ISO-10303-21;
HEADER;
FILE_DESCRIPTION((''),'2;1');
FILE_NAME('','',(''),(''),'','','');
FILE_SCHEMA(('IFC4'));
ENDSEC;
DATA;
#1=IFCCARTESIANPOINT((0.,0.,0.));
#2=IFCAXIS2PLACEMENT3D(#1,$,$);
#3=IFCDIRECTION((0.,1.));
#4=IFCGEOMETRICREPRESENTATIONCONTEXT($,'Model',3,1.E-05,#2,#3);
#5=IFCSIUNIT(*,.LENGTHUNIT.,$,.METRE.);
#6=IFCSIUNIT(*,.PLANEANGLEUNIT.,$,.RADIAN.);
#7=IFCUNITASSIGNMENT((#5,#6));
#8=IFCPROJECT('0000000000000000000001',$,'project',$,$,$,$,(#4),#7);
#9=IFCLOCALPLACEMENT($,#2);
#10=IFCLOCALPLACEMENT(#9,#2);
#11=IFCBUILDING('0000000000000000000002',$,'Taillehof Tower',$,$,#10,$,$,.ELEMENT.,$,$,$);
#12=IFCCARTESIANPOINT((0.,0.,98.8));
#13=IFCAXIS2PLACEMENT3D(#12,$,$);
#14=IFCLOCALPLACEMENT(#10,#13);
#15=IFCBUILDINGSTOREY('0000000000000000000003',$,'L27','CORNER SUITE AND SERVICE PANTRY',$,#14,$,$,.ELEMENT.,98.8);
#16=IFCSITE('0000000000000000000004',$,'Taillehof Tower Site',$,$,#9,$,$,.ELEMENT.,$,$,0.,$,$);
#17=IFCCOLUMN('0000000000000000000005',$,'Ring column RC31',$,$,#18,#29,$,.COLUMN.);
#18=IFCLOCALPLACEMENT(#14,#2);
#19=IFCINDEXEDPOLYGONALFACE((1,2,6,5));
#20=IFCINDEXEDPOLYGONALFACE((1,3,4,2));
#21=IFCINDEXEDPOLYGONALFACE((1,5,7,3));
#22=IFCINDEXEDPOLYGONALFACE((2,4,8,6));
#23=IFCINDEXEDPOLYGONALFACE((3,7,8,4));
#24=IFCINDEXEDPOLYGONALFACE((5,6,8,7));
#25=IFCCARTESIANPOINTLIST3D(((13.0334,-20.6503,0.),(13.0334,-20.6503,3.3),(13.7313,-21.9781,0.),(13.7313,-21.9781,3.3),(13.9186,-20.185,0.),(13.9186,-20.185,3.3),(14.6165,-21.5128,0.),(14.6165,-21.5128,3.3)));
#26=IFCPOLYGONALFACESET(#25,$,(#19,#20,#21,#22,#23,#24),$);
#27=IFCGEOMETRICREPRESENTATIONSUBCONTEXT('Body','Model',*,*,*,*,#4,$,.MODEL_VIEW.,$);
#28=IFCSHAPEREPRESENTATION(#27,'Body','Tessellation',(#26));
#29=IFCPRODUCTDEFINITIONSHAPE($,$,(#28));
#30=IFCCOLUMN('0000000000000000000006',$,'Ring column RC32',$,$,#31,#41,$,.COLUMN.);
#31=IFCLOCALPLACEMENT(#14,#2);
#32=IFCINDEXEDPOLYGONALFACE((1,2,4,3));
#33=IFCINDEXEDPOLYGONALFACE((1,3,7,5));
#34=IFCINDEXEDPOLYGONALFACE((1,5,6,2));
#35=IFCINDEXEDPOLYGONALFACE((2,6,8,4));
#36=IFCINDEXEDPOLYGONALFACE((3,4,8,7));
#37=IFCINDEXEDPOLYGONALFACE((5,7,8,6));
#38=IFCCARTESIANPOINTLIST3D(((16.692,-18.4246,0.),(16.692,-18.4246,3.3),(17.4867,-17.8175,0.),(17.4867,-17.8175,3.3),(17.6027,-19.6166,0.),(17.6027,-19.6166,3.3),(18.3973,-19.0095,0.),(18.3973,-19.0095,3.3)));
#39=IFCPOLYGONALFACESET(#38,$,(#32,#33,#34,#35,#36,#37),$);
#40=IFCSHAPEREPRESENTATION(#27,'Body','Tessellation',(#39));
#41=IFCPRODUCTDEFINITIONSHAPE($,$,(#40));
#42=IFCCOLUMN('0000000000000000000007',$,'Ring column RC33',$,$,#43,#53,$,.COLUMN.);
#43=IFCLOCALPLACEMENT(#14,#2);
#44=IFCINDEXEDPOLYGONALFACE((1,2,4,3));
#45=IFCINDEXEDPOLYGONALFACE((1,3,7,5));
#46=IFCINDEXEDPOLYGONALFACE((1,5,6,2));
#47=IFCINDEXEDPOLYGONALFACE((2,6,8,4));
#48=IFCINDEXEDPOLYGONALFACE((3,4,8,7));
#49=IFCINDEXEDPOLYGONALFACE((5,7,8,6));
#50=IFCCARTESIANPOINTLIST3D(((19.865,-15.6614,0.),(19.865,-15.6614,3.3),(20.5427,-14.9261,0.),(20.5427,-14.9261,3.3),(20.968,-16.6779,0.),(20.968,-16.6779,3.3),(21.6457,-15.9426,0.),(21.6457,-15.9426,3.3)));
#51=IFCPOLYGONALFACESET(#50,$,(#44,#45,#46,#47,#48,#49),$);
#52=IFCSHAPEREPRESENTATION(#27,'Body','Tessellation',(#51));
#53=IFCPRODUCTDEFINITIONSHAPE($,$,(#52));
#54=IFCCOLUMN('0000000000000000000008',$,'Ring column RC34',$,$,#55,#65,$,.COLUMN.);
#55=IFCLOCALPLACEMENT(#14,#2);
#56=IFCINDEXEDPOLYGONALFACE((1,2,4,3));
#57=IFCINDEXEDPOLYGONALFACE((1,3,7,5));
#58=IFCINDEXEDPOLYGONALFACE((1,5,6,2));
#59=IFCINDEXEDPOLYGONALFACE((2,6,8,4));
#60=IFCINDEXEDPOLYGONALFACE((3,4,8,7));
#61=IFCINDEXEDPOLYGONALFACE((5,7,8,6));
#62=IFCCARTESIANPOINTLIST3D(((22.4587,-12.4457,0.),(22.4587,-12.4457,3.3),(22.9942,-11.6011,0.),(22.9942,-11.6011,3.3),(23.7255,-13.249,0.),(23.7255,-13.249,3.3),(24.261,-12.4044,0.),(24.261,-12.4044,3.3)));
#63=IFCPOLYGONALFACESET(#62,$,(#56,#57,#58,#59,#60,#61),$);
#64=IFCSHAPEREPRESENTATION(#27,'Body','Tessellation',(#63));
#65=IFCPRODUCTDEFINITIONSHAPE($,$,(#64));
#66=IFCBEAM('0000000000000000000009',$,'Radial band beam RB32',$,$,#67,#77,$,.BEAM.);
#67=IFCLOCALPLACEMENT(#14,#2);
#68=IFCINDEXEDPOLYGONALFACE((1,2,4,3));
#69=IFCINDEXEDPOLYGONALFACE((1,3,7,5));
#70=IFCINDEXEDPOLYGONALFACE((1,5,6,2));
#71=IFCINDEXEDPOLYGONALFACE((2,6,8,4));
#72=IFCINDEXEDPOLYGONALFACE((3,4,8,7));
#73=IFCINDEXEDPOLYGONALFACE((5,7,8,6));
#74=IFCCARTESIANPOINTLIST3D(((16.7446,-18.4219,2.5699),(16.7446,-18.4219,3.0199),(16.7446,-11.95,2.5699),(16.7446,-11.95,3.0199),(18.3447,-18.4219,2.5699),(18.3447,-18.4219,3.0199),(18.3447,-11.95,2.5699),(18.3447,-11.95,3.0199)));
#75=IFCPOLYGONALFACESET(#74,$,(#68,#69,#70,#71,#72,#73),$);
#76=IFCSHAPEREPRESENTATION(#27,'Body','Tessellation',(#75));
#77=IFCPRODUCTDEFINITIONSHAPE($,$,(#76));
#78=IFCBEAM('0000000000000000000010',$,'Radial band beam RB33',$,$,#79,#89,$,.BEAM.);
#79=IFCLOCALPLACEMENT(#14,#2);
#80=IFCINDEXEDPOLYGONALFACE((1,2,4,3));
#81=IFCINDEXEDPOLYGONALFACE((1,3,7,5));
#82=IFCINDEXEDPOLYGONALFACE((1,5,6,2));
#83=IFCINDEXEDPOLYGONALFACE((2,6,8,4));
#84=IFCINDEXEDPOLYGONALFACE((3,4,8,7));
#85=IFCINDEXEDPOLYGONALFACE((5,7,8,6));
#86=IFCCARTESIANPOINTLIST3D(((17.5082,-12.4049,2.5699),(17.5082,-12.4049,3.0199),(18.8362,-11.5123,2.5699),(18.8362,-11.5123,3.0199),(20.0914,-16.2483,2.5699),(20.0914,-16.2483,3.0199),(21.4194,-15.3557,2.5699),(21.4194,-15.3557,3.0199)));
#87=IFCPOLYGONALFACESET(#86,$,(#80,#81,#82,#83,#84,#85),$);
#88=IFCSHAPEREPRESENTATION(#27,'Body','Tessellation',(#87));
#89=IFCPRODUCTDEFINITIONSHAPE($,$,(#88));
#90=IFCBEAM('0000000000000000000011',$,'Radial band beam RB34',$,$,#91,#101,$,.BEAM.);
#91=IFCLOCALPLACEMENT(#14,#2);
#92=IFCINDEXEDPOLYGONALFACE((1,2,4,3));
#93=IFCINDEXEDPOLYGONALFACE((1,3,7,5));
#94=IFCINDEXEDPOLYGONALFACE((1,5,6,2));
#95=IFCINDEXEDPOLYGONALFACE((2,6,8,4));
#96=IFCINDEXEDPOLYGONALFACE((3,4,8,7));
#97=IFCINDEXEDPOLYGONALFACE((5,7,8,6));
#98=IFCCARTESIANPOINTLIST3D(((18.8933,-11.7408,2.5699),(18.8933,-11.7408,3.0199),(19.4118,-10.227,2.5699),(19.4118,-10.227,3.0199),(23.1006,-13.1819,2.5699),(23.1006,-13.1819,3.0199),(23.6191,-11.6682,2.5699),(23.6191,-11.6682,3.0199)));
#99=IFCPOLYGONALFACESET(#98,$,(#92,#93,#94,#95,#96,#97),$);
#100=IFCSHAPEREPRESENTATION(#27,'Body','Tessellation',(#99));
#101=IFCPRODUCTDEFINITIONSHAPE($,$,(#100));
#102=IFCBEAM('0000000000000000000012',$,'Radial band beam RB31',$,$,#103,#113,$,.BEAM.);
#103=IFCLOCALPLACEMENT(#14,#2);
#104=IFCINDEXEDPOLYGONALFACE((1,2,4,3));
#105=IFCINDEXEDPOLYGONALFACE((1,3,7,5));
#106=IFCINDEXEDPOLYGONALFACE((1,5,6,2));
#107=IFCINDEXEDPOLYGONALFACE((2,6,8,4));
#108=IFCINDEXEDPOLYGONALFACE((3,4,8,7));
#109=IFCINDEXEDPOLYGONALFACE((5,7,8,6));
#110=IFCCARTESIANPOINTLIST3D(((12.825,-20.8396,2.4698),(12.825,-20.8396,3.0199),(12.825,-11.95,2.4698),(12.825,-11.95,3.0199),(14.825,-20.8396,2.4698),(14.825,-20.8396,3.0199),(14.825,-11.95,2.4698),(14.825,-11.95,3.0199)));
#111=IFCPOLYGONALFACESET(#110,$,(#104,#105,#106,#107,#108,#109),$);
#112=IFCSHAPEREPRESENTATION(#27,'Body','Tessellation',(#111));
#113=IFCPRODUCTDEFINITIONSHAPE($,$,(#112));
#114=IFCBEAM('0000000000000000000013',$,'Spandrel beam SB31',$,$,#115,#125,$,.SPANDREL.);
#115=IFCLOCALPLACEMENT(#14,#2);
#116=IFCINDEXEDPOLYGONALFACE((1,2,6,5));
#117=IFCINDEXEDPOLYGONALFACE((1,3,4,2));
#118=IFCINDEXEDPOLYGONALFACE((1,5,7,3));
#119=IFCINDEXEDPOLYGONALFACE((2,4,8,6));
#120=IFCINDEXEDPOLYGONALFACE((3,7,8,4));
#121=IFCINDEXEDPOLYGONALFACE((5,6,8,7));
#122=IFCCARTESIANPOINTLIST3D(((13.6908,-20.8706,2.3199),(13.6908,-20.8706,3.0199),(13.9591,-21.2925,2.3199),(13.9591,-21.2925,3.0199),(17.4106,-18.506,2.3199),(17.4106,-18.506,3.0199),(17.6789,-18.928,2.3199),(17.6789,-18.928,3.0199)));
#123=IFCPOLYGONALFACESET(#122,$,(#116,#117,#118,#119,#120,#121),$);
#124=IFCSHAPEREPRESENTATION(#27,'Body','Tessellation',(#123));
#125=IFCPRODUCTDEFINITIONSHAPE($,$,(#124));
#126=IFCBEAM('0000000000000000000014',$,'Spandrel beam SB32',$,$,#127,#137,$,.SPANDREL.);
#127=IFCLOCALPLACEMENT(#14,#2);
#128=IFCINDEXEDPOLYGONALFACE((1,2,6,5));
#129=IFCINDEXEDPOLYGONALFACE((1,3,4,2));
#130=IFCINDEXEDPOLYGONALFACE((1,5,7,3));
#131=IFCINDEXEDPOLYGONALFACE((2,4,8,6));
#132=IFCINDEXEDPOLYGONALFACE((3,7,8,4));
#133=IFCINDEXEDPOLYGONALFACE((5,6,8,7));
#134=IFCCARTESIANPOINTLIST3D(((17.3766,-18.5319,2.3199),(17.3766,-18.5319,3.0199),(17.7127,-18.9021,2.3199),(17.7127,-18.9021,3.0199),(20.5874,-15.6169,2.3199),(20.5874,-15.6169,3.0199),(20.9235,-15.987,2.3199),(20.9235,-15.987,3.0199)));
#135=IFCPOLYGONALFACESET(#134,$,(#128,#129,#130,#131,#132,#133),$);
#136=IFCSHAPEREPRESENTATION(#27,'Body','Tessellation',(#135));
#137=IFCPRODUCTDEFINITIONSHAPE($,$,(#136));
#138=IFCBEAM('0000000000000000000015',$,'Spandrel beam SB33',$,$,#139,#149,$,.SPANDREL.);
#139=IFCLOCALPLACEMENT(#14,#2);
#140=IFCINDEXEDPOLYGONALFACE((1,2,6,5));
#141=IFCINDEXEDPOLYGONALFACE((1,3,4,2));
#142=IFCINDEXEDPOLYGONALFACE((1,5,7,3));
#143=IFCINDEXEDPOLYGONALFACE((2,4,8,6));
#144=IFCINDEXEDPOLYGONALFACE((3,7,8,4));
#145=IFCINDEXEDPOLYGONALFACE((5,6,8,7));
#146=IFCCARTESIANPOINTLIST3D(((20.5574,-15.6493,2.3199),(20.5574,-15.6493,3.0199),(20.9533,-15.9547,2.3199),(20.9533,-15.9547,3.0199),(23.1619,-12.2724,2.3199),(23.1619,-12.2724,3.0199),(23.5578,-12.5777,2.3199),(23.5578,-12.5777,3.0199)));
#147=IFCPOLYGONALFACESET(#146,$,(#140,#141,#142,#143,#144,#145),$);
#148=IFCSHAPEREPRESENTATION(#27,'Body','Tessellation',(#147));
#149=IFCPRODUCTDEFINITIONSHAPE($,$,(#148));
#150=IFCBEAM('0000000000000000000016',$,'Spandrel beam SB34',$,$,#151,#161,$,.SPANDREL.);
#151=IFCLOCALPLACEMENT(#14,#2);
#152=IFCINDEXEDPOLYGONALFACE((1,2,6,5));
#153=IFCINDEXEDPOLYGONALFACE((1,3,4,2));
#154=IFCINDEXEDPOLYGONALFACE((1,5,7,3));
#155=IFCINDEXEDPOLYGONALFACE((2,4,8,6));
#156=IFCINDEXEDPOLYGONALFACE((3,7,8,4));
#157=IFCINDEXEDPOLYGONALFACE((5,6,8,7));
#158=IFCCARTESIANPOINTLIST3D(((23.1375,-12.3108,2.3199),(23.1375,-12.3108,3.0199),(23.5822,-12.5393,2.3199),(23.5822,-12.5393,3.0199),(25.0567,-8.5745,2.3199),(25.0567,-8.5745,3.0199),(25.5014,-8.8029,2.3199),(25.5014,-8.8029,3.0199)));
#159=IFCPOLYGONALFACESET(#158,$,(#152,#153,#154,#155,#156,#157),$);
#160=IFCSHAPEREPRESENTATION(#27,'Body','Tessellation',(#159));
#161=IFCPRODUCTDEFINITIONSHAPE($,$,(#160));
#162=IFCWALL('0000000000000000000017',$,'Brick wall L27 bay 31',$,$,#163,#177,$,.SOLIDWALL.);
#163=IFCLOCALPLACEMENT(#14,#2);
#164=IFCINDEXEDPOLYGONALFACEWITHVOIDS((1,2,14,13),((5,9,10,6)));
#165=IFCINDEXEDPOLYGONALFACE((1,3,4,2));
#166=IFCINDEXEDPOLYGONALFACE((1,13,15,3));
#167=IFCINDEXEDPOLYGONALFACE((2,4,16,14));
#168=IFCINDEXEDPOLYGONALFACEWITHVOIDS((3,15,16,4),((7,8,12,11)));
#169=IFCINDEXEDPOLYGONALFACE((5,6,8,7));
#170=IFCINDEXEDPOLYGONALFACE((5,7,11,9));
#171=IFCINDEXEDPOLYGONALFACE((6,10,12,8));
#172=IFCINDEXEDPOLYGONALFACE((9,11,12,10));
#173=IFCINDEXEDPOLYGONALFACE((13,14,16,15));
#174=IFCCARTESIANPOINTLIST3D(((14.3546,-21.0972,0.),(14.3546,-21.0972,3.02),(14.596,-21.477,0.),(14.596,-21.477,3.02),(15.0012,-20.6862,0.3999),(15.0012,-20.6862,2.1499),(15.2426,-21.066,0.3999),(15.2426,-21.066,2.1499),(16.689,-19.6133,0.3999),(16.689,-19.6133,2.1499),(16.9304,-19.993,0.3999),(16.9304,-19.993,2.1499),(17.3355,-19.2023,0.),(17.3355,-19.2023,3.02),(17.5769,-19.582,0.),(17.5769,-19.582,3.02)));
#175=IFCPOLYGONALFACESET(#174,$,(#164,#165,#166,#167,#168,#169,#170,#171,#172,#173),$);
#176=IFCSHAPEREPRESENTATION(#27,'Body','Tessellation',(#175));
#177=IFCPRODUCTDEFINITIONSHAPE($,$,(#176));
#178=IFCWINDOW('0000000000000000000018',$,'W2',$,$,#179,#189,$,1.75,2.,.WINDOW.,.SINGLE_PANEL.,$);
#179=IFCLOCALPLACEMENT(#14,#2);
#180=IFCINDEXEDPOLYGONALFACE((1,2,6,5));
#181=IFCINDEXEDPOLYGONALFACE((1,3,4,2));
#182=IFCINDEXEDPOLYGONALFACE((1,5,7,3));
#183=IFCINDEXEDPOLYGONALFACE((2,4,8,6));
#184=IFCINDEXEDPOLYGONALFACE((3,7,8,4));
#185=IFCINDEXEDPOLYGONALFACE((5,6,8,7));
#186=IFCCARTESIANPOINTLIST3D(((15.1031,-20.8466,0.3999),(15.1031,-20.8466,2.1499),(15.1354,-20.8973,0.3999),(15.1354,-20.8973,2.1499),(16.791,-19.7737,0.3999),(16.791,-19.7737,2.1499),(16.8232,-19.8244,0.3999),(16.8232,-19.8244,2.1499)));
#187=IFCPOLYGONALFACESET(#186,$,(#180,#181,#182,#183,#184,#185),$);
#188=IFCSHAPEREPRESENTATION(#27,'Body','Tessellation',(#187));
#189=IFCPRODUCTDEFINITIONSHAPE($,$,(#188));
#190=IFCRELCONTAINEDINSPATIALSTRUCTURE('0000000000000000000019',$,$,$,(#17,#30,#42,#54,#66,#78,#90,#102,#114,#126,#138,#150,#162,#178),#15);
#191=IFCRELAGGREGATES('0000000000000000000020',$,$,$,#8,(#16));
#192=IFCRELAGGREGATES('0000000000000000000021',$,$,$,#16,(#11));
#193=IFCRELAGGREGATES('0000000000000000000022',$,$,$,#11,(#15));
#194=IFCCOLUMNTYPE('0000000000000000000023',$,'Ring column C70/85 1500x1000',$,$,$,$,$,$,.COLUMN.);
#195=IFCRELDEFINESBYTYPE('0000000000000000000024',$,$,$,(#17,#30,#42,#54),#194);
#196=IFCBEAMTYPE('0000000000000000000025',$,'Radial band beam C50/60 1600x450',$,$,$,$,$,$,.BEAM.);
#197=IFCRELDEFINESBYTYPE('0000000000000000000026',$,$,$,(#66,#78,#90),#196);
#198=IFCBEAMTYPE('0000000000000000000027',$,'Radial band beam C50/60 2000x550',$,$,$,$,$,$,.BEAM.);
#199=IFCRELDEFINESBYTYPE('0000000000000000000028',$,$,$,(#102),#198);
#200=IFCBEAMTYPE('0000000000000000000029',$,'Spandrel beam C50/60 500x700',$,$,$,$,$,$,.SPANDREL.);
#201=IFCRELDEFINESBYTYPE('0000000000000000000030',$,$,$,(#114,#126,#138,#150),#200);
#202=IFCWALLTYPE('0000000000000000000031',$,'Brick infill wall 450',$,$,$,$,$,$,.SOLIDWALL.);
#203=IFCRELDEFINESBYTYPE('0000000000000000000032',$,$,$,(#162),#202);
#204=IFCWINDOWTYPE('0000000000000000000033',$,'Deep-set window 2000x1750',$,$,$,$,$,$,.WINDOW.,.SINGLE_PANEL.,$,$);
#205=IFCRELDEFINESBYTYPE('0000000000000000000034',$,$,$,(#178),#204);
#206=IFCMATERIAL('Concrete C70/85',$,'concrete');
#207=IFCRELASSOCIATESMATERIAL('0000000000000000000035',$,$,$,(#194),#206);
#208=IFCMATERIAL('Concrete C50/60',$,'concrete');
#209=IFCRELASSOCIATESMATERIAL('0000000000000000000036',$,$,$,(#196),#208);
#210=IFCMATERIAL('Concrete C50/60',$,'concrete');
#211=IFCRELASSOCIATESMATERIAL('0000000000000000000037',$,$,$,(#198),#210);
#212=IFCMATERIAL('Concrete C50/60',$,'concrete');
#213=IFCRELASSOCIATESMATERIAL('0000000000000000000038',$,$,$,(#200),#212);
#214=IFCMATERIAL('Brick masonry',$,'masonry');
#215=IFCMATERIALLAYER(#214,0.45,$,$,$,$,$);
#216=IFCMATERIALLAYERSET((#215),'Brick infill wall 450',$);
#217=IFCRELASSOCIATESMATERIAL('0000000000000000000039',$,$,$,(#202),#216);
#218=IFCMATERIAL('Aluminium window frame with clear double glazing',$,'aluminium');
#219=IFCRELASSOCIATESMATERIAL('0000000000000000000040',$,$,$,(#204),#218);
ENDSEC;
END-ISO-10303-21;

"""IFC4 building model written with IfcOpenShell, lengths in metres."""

from ifc_helpers import new_model, si_unit, direction, frame, frame_2d, origin, origin_2d, place, context, subcontext, project, spatial, rectangle, extrude, material, layer, layer_set, material_profile, profile_set, type_object, element, fill, save


model = new_model("IFC4")

# Units and contexts
model_context = context("Model", 3, precision=1e-05, world=origin(), true_north=direction((0.0, 1.0)))
body_context = subcontext(model_context, "Body", "Model", "MODEL_VIEW")
ifc_project = project(units=[si_unit("LENGTHUNIT", "METRE"), si_unit("PLANEANGLEUNIT", "RADIAN")], contexts=[model_context])

# Site, building, storey
site_placement = place(None, origin())
site = spatial("IfcSite", under=ifc_project, at=site_placement, Name="Taillehof Tower Site", CompositionType="ELEMENT", RefElevation=0.0)
building_placement = place(site_placement, origin())
building = spatial("IfcBuilding", under=site, at=building_placement, Name="Taillehof Tower", CompositionType="ELEMENT")
storey_placement = place(building_placement, frame((0.0, 0.0, 98.8)))
storey = spatial("IfcBuildingStorey", under=building, at=storey_placement, Name="L27", Description="CORNER SUITE AND SERVICE PANTRY", CompositionType="ELEMENT", Elevation=98.8)

# Columns
ifc_material_1 = material(Name="Concrete C70/85", Category="concrete")
ifc_material_profile_1 = material_profile(ifc_material_1, rectangle(XDim=1.5, YDim=1.0, at=origin_2d()), Name="RC 1500x1000")
ifc_profile_set_1 = profile_set([ifc_material_profile_1], Name="Concrete C70/85")
column_type = type_object("IfcColumnType", Name="Ring column C70/85 1500x1000", PredefinedType="COLUMN", material=ifc_profile_set_1)
for number, where, z_axis, x_axis, name in (
    (1, (13.825, -21.0815, 0.0), (0.0, 0.0, 1.0), (0.465283, -0.885162, 0.0), "Ring column RC31"),
    (2, (17.5447, -18.717, 0.0), (0.0, 0.0, 1.0), (0.607074, -0.794645, 0.0), "Ring column RC32"),
    (3, (20.7554, -15.802, 0.0), (0.0, 0.0, 1.0), (0.735332, -0.677707, 0.0), "Ring column RC33"),
    (4, (23.3599, -12.425, 0.0), (0.0, 0.0, 1.0), (0.844511, -0.535537, 0.0), "Ring column RC34"),
):
    element("IfcColumn", number, at=place(storey_placement, frame(where, z_axis=z_axis, x_axis=x_axis)), inside=storey, type_object=column_type, Name=name, PredefinedType="COLUMN", context=body_context, shape_type="SweptSolid", body=[
        extrude(rectangle(XDim=1.5, YDim=1.0, at=origin_2d()), origin(), (0.0, 0.0, 1.0), 3.3),
    ])

# Beams
ifc_material_2 = material(Name="Concrete C50/60", Category="concrete")
ifc_material_profile_2 = material_profile(ifc_material_2, rectangle(XDim=1.6001, YDim=0.45, at=origin_2d()), Name="RC 1600x450")
ifc_profile_set_2 = profile_set([ifc_material_profile_2], Name="Concrete C50/60")
beam_type_1 = type_object("IfcBeamType", Name="Radial band beam C50/60 1600x450", PredefinedType="BEAM", material=ifc_profile_set_2)
beam_1_placement = place(storey_placement, frame((17.5447, -18.4219, 2.7949), z_axis=(0.0, 1.0, 0.0), x_axis=(-1.0, 0.0, 0.0)))
element("IfcBeam", 5, at=beam_1_placement, inside=storey, type_object=beam_type_1, Name="Radial band beam RB32", PredefinedType="BEAM", context=body_context, shape_type="SweptSolid", body=[
    extrude(rectangle(XDim=1.6001, YDim=0.45, at=origin_2d()), origin(), (0.0, 0.0, 1.0), 6.4719),
])
beam_2_placement = place(storey_placement, frame((20.7554, -15.802, 2.7949), z_axis=(-0.557823, 0.82996, 0.0), x_axis=(-0.82996, -0.557823, 0.0)))
element("IfcBeam", 6, at=beam_2_placement, inside=storey, type_object=beam_type_1, Name="Radial band beam RB33", PredefinedType="BEAM", context=body_context, shape_type="SweptSolid", body=[
    extrude(rectangle(XDim=1.6001, YDim=0.45, at=origin_2d()), origin(), (0.0, 0.0, 1.0), 4.6309),
])
beam_3_placement = place(storey_placement, frame((23.3599, -12.425, 2.7949), z_axis=(-0.946038, 0.324056, 0.0), x_axis=(-0.324056, -0.946038, 0.0)))
element("IfcBeam", 7, at=beam_3_placement, inside=storey, type_object=beam_type_1, Name="Radial band beam RB34", PredefinedType="BEAM", context=body_context, shape_type="SweptSolid", body=[
    extrude(rectangle(XDim=1.6001, YDim=0.45, at=origin_2d()), origin(), (0.0, 0.0, 1.0), 4.4473),
])
ifc_material_3 = material(Name="Concrete C50/60", Category="concrete")
ifc_material_profile_3 = material_profile(ifc_material_3, rectangle(XDim=2.0, YDim=0.55, at=origin_2d()), Name="RC 2000x550")
ifc_profile_set_3 = profile_set([ifc_material_profile_3], Name="Concrete C50/60")
beam_type_2 = type_object("IfcBeamType", Name="Radial band beam C50/60 2000x550", PredefinedType="BEAM", material=ifc_profile_set_3)
beam_4_placement = place(storey_placement, frame((13.825, -20.8396, 2.7449), z_axis=(0.0, 1.0, 0.0), x_axis=(-1.0, 0.0, 0.0)))
element("IfcBeam", 8, at=beam_4_placement, inside=storey, type_object=beam_type_2, Name="Radial band beam RB31", PredefinedType="BEAM", context=body_context, shape_type="SweptSolid", body=[
    extrude(rectangle(XDim=2.0, YDim=0.55, at=origin_2d()), origin(), (0.0, 0.0, 1.0), 8.8896),
])
ifc_material_4 = material(Name="Concrete C50/60", Category="concrete")
ifc_material_profile_4 = material_profile(ifc_material_4, rectangle(XDim=0.5, YDim=0.7, at=origin_2d()), Name="RC 500x700")
ifc_profile_set_4 = profile_set([ifc_material_profile_4], Name="Concrete C50/60")
beam_type_3 = type_object("IfcBeamType", Name="Spandrel beam C50/60 500x700", PredefinedType="SPANDREL", material=ifc_profile_set_4)
beam_5_placement = place(storey_placement, frame((13.825, -21.0815, 2.6699), z_axis=(0.843928, 0.536456, 0.0), x_axis=(-0.536456, 0.843928, 0.0)))
element("IfcBeam", 9, at=beam_5_placement, inside=storey, type_object=beam_type_3, Name="Spandrel beam SB31", PredefinedType="SPANDREL", context=body_context, shape_type="SweptSolid", body=[
    extrude(rectangle(XDim=0.5, YDim=0.7, at=origin_2d()), origin(), (0.0, 0.0, 1.0), 4.4077),
])
beam_6_placement = place(storey_placement, frame((17.5447, -18.717, 2.6699), z_axis=(0.740373, 0.672196, 0.0), x_axis=(-0.672196, 0.740373, 0.0)))
element("IfcBeam", 10, at=beam_6_placement, inside=storey, type_object=beam_type_3, Name="Spandrel beam SB32", PredefinedType="SPANDREL", context=body_context, shape_type="SweptSolid", body=[
    extrude(rectangle(XDim=0.5, YDim=0.7, at=origin_2d()), origin(), (0.0, 0.0, 1.0), 4.3367),
])
beam_7_placement = place(storey_placement, frame((20.7554, -15.802, 2.6699), z_axis=(0.610717, 0.791849, 0.0), x_axis=(-0.791849, 0.610717, 0.0)))
element("IfcBeam", 11, at=beam_7_placement, inside=storey, type_object=beam_type_3, Name="Spandrel beam SB33", PredefinedType="SPANDREL", context=body_context, shape_type="SweptSolid", body=[
    extrude(rectangle(XDim=0.5, YDim=0.7, at=origin_2d()), origin(), (0.0, 0.0, 1.0), 4.2646),
])
beam_8_placement = place(storey_placement, frame((23.3599, -12.425, 2.6699), z_axis=(0.456905, 0.889515, 0.0), x_axis=(-0.889515, 0.456905, 0.0)))
element("IfcBeam", 12, at=beam_8_placement, inside=storey, type_object=beam_type_3, Name="Spandrel beam SB34", PredefinedType="SPANDREL", context=body_context, shape_type="SweptSolid", body=[
    extrude(rectangle(XDim=0.5, YDim=0.7, at=origin_2d()), origin(), (0.0, 0.0, 1.0), 4.2004),
])

# Wall, opening, window
ifc_material_5 = material(Name="Brick masonry", Category="masonry")
ifc_layer_1 = layer(ifc_material_5, 0.45)
ifc_layer_set_1 = layer_set([ifc_layer_1], Name="Brick infill wall 450")
wall_type_1 = type_object("IfcWallType", Name="Brick infill wall 450", PredefinedType="SOLIDWALL", material=ifc_layer_set_1)
wall_1_placement = place(storey_placement, frame((14.4753, -21.2871, 0.0), z_axis=(0.0, 0.0, 1.0), x_axis=(0.843912, 0.536482, 0.0)))
wall_1 = element("IfcWall", 13, at=wall_1_placement, inside=storey, type_object=wall_type_1, Name="Brick wall L27 bay 31", PredefinedType="SOLIDWALL", context=body_context, shape_type="SweptSolid", body=[
    extrude(rectangle(XDim=3.5322, YDim=0.45, at=frame_2d((1.7661, 0.0))), origin(), (0.0, 0.0, 1.0), 3.02),
])
opening_1_placement = place(wall_1_placement, frame((0.7661, 0.0, 0.3999)))
opening_1 = element("IfcOpeningElement", 14, at=opening_1_placement, cuts=wall_1, PredefinedType="OPENING", context=body_context, shape_type="SweptSolid", body=[
    extrude(rectangle(XDim=2.0, YDim=1.75, at=frame_2d((1.0, 0.875))), frame((0.0, 0.2349, 0.0), z_axis=(0.0, -1.0, 0.0), x_axis=(1.0, 0.0, 0.0)), (0.0, 0.0, 1.0), 0.47),
])
ifc_material_6 = material(Name="Aluminium window frame with clear double glazing", Category="aluminium")
window_type_1 = type_object("IfcWindowType", Name="Deep-set window 2000x1750", PartitioningType="SINGLE_PANEL", PredefinedType="WINDOW", material=ifc_material_6)
window_1_placement = place(opening_1_placement, origin())
window_1 = element("IfcWindow", 15, at=window_1_placement, inside=storey, type_object=window_type_1, Name="W2", OverallHeight=1.75, OverallWidth=2.0, PartitioningType="SINGLE_PANEL", PredefinedType="WINDOW", context=body_context, shape_type="SweptSolid", body=[
    extrude(rectangle(XDim=2.0, YDim=1.75, at=frame_2d((1.0, 0.875))), frame((0.0, 0.0349, 0.0), z_axis=(0.0, -1.0, 0.0), x_axis=(1.0, 0.0, 0.0)), (0.0, 0.0, 1.0), 0.0601),
])
fill(opening_1, window_1)

save(model, "model.ifc")
